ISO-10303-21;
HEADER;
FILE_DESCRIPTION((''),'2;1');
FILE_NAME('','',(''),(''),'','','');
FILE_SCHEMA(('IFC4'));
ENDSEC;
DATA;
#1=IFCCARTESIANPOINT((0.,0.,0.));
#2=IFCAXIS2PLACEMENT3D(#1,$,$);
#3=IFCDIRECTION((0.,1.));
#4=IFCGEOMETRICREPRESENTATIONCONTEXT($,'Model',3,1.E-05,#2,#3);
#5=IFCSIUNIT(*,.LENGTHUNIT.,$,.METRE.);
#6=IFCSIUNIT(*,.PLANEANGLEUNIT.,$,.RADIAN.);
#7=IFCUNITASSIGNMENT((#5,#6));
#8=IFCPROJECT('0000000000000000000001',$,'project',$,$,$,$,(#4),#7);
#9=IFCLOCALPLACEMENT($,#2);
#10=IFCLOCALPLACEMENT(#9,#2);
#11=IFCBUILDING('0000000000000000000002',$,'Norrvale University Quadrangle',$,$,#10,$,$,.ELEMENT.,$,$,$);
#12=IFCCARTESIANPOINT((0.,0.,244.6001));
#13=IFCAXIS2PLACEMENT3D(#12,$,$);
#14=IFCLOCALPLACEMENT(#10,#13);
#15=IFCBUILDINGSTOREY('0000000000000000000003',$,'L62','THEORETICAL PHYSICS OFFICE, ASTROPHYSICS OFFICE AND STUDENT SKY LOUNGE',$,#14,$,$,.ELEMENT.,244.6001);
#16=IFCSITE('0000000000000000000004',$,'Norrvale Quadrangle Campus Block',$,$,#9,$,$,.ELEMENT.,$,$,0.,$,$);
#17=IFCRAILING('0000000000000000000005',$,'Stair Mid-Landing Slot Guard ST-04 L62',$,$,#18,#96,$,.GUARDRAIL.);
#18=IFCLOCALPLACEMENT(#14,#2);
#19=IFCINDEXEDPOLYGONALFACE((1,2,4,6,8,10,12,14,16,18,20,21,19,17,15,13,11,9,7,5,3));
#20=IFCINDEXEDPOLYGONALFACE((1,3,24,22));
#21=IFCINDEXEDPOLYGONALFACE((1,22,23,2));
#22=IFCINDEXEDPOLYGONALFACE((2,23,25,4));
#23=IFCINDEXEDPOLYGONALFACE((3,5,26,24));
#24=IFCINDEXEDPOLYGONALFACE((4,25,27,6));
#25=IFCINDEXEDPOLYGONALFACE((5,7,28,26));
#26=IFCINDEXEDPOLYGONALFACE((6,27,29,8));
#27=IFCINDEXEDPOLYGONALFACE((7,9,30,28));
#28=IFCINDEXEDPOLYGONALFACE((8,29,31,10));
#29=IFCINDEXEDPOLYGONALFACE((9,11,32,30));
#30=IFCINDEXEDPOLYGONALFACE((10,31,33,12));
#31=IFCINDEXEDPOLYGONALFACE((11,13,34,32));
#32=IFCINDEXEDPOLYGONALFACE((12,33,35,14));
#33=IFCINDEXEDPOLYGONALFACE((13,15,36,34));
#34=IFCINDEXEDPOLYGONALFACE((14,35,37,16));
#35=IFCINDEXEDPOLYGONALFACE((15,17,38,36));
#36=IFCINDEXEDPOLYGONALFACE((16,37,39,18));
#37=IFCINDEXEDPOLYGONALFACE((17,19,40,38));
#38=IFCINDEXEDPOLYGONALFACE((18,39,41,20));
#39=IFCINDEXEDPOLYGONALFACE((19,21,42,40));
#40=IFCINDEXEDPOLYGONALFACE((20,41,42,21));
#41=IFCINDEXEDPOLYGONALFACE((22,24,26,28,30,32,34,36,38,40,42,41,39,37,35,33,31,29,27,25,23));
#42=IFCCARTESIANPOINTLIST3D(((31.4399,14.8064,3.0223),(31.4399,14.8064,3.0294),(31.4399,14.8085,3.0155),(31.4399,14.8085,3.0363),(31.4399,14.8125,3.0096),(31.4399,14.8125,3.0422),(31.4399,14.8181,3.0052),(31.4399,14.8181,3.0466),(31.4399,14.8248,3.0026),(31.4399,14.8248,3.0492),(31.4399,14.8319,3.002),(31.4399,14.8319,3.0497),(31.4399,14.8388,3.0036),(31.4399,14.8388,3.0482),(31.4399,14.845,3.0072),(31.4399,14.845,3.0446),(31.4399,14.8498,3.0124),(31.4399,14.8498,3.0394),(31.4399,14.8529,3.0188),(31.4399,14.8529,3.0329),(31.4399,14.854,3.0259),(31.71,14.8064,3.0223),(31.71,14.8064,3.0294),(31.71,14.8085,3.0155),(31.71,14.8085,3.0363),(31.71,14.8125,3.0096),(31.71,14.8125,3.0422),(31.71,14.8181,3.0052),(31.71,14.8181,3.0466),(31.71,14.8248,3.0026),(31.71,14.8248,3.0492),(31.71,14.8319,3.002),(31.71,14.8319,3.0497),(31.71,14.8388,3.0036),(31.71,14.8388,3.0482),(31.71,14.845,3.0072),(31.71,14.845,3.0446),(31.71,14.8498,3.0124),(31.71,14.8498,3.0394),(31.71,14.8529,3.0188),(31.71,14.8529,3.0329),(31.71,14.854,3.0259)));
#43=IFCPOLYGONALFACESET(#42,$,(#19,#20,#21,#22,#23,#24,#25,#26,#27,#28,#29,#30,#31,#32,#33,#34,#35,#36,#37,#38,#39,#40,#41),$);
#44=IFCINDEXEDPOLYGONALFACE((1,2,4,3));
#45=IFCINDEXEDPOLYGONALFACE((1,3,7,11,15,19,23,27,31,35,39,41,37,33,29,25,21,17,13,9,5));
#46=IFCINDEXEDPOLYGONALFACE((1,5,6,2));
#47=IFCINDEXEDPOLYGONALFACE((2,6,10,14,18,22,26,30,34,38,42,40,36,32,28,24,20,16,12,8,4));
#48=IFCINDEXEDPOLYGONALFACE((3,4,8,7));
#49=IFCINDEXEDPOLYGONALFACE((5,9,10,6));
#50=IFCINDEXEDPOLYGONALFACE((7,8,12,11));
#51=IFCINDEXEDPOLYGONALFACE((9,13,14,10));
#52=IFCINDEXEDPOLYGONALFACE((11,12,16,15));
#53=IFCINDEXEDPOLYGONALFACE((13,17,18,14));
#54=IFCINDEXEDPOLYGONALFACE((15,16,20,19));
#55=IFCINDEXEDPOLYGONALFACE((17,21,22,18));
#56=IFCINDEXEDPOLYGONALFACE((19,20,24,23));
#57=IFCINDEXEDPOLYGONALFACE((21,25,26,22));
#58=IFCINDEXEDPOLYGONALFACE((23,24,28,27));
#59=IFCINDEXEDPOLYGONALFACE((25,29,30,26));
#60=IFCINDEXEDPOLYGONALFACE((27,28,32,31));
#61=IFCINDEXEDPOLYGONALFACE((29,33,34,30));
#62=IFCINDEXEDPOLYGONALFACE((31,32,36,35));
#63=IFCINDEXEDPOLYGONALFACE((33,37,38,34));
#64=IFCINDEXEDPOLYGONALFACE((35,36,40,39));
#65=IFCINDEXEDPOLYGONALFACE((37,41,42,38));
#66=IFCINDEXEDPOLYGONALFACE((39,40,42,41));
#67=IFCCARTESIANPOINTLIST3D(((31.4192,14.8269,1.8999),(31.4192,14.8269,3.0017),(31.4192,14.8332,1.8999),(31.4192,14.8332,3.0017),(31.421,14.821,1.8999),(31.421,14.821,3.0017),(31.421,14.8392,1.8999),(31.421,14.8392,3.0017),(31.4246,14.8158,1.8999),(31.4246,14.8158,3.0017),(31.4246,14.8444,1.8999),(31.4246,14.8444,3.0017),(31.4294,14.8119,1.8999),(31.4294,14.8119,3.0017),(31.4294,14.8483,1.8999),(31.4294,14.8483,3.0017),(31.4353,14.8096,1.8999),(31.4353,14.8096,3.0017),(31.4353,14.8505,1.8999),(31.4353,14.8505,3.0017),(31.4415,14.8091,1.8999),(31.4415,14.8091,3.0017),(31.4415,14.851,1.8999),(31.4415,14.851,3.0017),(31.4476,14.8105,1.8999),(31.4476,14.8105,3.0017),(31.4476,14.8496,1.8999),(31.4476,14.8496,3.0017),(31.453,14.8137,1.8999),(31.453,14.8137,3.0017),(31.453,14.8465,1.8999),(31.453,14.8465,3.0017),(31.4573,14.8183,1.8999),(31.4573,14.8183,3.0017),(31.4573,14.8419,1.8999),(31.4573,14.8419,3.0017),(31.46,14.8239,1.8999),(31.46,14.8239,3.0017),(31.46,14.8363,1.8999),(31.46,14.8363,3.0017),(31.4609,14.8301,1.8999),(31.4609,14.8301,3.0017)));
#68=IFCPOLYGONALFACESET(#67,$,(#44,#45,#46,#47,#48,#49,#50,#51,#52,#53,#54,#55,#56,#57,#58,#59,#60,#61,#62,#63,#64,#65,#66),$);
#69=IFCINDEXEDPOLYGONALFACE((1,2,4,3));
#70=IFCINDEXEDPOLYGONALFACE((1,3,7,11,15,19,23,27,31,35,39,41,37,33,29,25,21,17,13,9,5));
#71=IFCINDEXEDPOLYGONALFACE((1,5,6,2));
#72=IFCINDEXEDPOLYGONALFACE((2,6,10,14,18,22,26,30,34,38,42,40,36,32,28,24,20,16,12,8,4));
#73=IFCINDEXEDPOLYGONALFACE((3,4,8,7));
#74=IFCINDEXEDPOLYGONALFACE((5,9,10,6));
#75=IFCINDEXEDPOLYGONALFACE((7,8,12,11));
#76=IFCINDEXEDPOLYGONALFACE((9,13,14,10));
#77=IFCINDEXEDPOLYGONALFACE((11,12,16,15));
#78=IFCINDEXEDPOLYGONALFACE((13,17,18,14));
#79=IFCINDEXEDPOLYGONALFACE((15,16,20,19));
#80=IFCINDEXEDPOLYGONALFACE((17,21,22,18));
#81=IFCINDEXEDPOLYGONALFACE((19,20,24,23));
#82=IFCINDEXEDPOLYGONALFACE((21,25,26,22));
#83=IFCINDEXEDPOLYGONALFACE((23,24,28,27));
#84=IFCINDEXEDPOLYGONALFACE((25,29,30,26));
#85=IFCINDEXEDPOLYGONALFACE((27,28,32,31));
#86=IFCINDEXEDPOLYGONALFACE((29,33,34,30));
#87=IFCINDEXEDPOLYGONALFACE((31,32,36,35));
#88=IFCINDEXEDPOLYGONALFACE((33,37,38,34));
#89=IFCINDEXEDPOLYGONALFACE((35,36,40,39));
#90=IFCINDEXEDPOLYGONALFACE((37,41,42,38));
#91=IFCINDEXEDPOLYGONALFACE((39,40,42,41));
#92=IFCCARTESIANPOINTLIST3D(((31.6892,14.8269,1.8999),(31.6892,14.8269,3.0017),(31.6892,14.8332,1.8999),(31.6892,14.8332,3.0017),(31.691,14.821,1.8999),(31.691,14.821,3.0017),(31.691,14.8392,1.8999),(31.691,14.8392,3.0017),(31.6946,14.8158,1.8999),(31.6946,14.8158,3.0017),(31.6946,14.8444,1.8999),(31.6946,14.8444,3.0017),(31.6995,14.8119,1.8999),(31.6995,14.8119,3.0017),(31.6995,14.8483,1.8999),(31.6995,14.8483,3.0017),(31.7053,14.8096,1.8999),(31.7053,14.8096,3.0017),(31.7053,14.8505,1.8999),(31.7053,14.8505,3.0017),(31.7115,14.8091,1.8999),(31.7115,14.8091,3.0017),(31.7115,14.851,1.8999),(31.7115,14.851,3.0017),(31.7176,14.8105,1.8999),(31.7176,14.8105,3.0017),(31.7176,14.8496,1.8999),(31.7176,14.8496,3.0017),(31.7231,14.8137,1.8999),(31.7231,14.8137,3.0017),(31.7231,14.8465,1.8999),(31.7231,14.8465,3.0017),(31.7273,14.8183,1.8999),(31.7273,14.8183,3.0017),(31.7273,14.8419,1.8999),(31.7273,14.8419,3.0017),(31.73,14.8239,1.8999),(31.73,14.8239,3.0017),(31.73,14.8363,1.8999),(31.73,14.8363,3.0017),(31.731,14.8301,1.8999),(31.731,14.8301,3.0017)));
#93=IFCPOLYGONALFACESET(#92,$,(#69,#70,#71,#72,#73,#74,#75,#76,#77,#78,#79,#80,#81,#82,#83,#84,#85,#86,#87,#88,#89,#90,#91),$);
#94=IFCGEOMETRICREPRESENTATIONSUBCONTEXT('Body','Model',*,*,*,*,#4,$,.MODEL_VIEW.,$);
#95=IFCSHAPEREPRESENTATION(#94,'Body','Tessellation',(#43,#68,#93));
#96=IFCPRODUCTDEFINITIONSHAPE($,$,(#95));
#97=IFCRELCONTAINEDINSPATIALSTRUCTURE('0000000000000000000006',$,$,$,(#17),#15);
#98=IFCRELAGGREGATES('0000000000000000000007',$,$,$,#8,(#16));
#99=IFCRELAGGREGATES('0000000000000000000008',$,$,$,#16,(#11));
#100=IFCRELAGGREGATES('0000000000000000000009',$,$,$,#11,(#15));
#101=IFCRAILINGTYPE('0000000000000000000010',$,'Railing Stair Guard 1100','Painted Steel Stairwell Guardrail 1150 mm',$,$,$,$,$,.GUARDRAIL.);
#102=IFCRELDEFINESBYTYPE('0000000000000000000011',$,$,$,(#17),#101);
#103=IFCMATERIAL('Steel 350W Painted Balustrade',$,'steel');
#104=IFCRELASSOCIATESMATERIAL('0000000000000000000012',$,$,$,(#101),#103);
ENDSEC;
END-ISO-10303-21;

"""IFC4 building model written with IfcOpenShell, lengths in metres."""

from ifc_helpers import new_model, si_unit, direction, frame, origin, origin_2d, place, context, subcontext, project, spatial, circle, extrude, material, type_object, element, save


model = new_model("IFC4")

# Units and contexts
model_context = context("Model", 3, precision=1e-05, world=origin(), true_north=direction((0.0, 1.0)))
body_context = subcontext(model_context, "Body", "Model", "MODEL_VIEW")
ifc_project = project(units=[si_unit("LENGTHUNIT", "METRE"), si_unit("PLANEANGLEUNIT", "RADIAN")], contexts=[model_context])

# Site, building, storey
site_placement = place(None, origin())
site = spatial("IfcSite", under=ifc_project, at=site_placement, Name="Norrvale Quadrangle Campus Block", CompositionType="ELEMENT", RefElevation=0.0)
building_placement = place(site_placement, origin())
building = spatial("IfcBuilding", under=site, at=building_placement, Name="Norrvale University Quadrangle", CompositionType="ELEMENT")
storey_placement = place(building_placement, frame((0.0, 0.0, 244.6001)))
storey = spatial("IfcBuildingStorey", under=building, at=storey_placement, Name="L62", Description="THEORETICAL PHYSICS OFFICE, ASTROPHYSICS OFFICE AND STUDENT SKY LOUNGE", CompositionType="ELEMENT", Elevation=244.6001)

# Railing
ifc_material_1 = material(Name="Steel 350W Painted Balustrade", Category="steel")
railing_type_1 = type_object("IfcRailingType", Name="Railing Stair Guard 1100", Description="Painted Steel Stairwell Guardrail 1150 mm", PredefinedType="GUARDRAIL", material=ifc_material_1)
for number, where, name in (
    (1, (31.4399, 14.8301, 1.8999), "Stair Mid-Landing Slot Guard ST-04 L62"),
):
    element("IfcRailing", number, at=place(storey_placement, frame(where)), inside=storey, type_object=railing_type_1, Name=name, PredefinedType="GUARDRAIL", context=body_context, shape_type="SweptSolid", body=[
        extrude(circle(Radius=0.0239, at=origin_2d()), frame((0.0, 0.0, 1.126), z_axis=(1.0, 0.0, 0.0), x_axis=(0.0, 1.0, 0.0)), (0.0, 0.0, 1.0), 0.27),
        extrude(circle(Radius=0.021, at=origin_2d()), origin(), (0.0, 0.0, 1.0), 1.1018),
        extrude(circle(Radius=0.021, at=origin_2d()), frame((0.27, 0.0, 0.0)), (0.0, 0.0, 1.0), 1.1018),
    ])

save(model, "model.ifc")
